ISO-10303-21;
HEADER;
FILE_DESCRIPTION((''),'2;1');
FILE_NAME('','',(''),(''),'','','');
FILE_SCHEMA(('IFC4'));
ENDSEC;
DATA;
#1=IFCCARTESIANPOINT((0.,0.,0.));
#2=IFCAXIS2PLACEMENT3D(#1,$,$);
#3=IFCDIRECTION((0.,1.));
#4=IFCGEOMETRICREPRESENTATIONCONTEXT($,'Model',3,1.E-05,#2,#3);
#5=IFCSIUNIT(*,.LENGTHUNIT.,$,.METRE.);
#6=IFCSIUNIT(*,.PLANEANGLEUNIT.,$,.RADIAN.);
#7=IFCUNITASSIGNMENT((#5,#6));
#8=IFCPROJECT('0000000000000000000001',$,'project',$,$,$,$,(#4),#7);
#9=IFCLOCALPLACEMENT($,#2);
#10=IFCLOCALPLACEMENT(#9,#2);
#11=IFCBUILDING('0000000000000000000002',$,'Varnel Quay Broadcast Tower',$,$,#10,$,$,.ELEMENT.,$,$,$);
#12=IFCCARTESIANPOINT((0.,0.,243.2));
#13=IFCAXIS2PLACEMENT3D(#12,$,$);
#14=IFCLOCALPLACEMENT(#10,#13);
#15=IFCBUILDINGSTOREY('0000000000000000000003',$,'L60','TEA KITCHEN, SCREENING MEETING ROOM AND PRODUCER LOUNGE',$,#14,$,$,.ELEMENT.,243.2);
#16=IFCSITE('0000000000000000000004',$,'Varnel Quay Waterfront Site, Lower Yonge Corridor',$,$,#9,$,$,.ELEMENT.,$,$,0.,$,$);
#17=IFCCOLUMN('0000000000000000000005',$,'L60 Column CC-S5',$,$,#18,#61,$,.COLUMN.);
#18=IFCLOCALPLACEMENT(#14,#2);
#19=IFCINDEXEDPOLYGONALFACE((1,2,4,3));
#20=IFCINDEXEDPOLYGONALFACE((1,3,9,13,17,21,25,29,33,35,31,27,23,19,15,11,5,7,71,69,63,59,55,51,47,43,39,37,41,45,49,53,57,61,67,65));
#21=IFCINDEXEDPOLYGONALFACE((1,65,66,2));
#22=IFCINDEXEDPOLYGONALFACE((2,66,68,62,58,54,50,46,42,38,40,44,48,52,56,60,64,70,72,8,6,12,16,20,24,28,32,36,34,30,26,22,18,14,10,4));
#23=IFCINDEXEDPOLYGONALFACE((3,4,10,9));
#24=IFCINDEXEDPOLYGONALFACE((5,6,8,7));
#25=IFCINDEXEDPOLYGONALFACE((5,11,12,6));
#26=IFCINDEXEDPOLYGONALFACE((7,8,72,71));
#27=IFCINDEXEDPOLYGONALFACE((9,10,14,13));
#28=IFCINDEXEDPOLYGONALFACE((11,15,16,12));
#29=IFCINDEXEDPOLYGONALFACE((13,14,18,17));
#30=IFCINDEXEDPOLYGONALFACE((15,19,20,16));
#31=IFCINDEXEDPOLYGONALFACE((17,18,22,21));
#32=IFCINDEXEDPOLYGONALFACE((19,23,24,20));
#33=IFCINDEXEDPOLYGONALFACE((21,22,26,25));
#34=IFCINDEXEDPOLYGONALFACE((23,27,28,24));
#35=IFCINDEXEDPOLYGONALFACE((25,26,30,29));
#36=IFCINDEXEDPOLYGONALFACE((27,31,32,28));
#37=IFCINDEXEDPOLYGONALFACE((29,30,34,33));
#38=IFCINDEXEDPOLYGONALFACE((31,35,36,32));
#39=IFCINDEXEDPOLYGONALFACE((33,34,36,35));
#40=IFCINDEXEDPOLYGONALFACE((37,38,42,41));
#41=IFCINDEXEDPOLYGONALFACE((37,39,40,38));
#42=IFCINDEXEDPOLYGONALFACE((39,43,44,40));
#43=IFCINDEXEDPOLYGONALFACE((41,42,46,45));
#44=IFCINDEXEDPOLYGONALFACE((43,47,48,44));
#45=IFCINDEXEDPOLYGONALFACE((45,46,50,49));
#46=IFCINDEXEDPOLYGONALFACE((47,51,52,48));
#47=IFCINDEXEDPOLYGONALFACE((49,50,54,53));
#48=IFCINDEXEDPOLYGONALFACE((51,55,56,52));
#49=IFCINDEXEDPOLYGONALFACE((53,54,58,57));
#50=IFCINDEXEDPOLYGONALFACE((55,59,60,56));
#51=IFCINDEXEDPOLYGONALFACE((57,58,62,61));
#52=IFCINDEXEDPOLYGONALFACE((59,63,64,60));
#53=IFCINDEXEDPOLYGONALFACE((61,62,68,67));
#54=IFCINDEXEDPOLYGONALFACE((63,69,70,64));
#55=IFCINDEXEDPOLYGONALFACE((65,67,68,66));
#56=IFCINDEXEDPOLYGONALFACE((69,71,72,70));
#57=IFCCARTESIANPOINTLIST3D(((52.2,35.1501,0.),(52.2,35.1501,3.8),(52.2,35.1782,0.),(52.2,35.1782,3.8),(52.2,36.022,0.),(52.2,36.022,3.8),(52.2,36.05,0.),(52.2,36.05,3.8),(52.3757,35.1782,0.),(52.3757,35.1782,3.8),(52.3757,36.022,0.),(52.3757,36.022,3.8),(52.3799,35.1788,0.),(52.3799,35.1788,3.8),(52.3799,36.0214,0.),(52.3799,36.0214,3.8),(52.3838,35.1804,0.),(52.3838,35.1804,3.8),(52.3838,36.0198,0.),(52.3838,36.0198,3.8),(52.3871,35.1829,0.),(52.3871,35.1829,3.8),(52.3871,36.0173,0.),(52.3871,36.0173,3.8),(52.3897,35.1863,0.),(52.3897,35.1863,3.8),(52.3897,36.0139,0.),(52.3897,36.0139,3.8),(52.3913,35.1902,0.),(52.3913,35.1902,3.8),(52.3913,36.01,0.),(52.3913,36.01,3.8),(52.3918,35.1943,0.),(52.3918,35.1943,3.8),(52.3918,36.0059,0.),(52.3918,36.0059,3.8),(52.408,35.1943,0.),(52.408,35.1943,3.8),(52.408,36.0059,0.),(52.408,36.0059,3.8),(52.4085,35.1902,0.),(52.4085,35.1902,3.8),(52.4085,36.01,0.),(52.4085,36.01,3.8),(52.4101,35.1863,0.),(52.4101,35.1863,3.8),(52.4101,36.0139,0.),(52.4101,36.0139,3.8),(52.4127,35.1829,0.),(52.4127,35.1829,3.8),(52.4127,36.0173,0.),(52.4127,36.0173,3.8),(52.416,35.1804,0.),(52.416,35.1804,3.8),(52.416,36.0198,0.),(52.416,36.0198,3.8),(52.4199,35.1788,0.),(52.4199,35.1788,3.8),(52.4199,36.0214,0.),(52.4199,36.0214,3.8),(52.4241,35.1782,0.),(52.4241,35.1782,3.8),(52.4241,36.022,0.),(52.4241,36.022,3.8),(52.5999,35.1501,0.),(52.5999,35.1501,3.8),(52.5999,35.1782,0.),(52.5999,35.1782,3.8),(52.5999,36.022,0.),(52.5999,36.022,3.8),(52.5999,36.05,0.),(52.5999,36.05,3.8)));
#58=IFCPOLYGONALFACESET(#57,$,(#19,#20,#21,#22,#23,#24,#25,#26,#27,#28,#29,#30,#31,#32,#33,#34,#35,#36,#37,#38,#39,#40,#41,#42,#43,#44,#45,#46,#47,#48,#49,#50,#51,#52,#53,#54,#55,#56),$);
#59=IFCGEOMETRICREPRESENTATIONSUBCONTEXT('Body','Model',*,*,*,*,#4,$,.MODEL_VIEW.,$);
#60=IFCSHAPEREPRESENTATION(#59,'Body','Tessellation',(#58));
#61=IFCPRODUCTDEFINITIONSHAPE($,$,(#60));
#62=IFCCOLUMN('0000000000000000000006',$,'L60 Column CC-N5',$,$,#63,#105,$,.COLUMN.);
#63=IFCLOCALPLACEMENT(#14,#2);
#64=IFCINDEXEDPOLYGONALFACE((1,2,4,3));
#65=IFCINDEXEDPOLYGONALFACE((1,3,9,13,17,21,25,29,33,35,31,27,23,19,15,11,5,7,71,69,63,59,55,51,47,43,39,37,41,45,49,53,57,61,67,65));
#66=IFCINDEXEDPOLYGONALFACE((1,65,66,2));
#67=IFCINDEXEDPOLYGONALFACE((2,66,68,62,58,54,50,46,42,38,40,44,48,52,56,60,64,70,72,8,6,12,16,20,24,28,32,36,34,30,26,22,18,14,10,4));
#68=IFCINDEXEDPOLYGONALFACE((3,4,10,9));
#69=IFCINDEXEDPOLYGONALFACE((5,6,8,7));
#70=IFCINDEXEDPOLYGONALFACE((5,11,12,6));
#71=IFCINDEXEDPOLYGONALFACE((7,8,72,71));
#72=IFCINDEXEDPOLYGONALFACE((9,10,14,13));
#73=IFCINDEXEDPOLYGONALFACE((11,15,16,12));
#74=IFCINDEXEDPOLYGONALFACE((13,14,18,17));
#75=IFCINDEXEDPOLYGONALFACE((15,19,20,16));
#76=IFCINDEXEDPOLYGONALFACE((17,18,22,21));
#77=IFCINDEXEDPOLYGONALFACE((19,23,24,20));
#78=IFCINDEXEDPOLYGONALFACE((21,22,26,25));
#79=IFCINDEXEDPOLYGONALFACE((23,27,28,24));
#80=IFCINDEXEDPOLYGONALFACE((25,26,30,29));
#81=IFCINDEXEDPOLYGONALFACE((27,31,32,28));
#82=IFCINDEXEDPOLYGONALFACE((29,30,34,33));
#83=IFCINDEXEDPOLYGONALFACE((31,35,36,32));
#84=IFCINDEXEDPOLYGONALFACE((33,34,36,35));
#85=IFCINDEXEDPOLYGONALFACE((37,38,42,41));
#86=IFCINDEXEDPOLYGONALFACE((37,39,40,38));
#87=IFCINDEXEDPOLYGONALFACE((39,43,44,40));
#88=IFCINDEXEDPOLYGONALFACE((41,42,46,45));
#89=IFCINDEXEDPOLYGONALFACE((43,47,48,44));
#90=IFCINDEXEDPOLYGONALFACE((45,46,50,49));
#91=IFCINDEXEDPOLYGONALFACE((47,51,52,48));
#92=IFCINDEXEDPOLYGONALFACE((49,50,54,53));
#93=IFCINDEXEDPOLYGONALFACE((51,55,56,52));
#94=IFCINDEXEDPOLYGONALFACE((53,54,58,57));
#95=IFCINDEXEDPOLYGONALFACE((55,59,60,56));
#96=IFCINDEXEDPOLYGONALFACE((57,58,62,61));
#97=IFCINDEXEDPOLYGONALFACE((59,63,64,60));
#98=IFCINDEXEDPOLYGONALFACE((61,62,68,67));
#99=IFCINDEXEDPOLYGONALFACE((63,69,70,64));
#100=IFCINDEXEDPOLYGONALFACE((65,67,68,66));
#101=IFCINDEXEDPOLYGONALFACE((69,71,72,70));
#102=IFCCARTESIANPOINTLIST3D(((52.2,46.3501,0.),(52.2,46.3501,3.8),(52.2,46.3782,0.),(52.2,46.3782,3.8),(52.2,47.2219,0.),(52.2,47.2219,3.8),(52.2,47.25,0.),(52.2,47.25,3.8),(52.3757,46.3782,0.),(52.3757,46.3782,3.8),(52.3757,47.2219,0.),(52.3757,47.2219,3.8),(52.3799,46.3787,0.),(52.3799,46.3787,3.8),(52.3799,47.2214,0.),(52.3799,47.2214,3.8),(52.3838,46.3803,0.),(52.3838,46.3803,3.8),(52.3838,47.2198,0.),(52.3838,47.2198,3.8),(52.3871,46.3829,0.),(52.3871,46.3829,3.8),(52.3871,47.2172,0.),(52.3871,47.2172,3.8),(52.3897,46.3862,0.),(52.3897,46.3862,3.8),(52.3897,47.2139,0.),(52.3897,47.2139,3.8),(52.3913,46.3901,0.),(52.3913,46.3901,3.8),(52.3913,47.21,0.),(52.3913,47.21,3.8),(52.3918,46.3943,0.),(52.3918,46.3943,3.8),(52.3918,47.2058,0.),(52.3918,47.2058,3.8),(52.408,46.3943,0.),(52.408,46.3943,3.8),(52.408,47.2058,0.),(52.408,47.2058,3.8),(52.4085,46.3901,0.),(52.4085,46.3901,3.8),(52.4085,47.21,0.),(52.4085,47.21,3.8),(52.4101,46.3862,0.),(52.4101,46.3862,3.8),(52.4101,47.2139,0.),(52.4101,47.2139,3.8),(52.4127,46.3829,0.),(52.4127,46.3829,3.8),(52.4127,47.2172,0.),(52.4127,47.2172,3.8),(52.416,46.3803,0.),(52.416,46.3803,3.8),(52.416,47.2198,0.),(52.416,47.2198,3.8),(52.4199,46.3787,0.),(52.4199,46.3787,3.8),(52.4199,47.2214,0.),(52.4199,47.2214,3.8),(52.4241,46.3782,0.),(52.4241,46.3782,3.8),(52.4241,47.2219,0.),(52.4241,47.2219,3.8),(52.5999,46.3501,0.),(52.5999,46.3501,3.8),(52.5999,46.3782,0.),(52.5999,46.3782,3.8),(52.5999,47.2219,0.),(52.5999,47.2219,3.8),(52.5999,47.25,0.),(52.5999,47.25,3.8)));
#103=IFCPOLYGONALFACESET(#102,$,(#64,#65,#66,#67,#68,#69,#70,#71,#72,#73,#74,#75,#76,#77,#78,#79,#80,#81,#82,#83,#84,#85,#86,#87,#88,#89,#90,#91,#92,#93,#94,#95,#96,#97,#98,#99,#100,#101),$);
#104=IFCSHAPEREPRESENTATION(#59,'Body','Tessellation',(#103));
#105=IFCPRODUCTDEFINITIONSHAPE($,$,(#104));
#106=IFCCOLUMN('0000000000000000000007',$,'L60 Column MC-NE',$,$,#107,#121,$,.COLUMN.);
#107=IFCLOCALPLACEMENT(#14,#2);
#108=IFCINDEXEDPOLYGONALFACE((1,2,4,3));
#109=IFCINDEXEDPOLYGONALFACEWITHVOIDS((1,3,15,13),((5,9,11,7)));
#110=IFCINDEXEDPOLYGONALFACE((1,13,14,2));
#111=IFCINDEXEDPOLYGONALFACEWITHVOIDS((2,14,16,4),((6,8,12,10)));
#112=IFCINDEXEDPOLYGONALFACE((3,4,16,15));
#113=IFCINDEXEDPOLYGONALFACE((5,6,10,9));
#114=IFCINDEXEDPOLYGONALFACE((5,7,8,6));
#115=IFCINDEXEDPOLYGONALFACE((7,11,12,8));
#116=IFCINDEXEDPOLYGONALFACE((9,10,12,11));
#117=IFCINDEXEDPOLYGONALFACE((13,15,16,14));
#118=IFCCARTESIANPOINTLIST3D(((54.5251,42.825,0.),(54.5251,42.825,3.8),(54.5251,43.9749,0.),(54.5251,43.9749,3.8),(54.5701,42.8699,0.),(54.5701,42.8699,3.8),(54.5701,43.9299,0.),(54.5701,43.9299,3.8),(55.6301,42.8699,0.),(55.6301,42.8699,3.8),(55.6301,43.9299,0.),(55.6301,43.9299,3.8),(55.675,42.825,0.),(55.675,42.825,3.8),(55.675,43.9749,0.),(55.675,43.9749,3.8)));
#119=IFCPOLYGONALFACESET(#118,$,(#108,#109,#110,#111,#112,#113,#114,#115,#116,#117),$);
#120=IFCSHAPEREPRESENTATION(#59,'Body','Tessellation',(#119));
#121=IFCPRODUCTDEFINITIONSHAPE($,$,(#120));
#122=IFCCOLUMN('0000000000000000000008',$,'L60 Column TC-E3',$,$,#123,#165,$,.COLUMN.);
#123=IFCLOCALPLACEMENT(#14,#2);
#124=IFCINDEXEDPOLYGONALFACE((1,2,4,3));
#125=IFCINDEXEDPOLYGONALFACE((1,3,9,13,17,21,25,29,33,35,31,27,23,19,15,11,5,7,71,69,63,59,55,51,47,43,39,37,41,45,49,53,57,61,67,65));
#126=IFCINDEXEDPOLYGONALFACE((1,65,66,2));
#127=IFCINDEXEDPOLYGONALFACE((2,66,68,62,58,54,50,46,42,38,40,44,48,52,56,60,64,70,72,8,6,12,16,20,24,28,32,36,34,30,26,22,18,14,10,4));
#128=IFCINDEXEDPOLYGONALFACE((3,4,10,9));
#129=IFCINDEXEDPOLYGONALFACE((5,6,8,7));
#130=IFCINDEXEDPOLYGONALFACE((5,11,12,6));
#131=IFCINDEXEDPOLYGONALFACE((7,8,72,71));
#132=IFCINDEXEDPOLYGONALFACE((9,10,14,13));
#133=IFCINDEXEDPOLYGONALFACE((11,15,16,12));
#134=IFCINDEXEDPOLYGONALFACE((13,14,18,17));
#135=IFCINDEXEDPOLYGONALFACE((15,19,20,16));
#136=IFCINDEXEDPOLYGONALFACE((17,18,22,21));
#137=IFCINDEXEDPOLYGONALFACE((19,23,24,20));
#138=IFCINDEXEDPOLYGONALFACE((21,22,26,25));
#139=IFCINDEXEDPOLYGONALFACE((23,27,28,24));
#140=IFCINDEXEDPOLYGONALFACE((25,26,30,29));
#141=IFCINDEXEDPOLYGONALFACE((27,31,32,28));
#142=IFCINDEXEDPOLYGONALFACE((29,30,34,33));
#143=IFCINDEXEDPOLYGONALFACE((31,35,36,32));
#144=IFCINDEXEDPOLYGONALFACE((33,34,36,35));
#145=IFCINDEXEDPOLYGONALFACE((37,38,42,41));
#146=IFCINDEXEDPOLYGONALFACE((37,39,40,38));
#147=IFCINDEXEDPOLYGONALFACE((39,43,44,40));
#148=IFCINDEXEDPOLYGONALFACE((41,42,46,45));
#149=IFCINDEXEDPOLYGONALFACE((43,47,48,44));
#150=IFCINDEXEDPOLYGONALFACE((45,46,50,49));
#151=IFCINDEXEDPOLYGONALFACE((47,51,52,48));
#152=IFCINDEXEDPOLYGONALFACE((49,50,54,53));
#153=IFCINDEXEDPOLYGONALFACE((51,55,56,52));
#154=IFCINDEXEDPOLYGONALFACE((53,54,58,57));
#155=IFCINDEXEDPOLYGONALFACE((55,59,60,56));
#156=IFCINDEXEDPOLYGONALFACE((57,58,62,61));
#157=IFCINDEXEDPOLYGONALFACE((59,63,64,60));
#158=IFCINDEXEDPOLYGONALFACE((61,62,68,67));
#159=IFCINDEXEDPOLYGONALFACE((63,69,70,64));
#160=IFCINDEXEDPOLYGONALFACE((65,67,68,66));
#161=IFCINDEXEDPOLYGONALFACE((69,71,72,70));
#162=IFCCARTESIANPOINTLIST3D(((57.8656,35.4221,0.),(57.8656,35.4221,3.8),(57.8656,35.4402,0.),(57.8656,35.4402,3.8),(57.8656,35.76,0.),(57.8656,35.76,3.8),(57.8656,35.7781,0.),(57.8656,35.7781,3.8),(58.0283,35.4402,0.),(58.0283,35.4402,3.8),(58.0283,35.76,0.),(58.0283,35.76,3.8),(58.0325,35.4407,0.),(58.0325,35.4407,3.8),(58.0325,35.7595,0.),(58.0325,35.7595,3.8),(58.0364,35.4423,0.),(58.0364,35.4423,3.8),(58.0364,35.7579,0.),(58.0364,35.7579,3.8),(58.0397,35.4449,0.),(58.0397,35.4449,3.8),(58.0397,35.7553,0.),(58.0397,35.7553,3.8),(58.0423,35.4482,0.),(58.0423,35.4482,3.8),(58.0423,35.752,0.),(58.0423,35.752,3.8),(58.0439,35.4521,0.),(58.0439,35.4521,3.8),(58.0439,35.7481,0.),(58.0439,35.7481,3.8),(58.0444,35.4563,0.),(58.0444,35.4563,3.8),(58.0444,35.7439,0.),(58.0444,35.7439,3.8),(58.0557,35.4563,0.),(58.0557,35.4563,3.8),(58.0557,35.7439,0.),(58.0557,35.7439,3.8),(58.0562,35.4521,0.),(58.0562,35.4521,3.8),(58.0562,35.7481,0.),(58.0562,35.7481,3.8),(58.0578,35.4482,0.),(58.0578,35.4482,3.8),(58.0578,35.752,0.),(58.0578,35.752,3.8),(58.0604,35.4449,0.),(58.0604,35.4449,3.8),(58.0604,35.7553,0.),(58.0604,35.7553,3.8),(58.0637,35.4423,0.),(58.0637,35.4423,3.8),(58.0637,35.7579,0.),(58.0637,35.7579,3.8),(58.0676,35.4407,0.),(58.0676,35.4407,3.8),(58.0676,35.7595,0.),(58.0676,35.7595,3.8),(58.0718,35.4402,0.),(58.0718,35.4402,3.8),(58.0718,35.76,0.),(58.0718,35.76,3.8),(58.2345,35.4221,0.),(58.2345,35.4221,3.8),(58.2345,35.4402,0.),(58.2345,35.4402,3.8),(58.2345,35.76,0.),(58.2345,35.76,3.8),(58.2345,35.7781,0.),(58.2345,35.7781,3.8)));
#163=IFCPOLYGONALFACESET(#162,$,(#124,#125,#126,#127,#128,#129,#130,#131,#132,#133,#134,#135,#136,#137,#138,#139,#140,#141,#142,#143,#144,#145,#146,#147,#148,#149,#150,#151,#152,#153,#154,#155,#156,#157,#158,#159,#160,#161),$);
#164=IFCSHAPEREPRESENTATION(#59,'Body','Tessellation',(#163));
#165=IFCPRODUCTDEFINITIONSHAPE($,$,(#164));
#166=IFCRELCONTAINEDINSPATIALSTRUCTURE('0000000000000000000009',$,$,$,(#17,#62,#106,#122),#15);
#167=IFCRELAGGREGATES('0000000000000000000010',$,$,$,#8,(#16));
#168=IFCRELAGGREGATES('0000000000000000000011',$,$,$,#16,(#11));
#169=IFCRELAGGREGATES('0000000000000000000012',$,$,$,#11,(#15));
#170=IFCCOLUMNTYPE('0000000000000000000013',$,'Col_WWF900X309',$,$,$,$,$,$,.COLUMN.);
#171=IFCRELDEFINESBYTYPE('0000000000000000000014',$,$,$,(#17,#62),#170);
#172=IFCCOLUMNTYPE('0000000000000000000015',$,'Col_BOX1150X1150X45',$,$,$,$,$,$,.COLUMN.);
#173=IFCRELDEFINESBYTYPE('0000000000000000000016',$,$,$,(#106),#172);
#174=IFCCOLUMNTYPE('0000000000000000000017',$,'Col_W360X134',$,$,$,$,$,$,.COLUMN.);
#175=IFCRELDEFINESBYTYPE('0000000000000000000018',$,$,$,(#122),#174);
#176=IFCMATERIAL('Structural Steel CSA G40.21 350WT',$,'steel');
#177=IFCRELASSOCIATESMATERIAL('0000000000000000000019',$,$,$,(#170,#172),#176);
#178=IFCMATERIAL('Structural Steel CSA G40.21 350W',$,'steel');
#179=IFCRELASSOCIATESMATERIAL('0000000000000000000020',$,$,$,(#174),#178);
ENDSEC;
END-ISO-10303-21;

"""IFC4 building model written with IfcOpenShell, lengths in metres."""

from ifc_helpers import new_model, si_unit, direction, frame, origin, origin_2d, place, context, subcontext, project, spatial, hollow_rectangle, i_section, extrude, source, transform, mapped, material, material_profile, profile_set, type_object, type_shapes, element, save


model = new_model("IFC4")

# Units and contexts
model_context = context("Model", 3, precision=1e-05, world=origin(), true_north=direction((0.0, 1.0)))
body_context = subcontext(model_context, "Body", "Model", "MODEL_VIEW")
ifc_project = project(units=[si_unit("LENGTHUNIT", "METRE"), si_unit("PLANEANGLEUNIT", "RADIAN")], contexts=[model_context])

# Site, building, storey
site_placement = place(None, origin())
site = spatial("IfcSite", under=ifc_project, at=site_placement, Name="Varnel Quay Waterfront Site, Lower Yonge Corridor", CompositionType="ELEMENT", RefElevation=0.0)
building_placement = place(site_placement, origin())
building = spatial("IfcBuilding", under=site, at=building_placement, Name="Varnel Quay Broadcast Tower", CompositionType="ELEMENT")
storey_placement = place(building_placement, frame((0.0, 0.0, 243.2)))
storey = spatial("IfcBuildingStorey", under=building, at=storey_placement, Name="L60", Description="TEA KITCHEN, SCREENING MEETING ROOM AND PRODUCER LOUNGE", CompositionType="ELEMENT", Elevation=243.2)

# Columns
ifc_material_1 = material(Name="Structural Steel CSA G40.21 350WT", Category="steel")
ifc_material_profile_1 = material_profile(ifc_material_1, i_section(OverallWidth=0.3999, OverallDepth=0.8999, WebThickness=0.0161, FlangeThickness=0.0281, FilletRadius=0.0161, at=origin_2d()), Name="WWF900X309")
ifc_profile_set_1 = profile_set([ifc_material_profile_1], Name="Structural Steel CSA G40.21 350WT")
column_type_1 = type_object("IfcColumnType", Name="Col_WWF900X309", PredefinedType="COLUMN", material=ifc_profile_set_1)
shared_shape_1 = source(origin(), body_context, "Body", "SweptSolid", [
    extrude(i_section(OverallWidth=0.3999, OverallDepth=0.8999, WebThickness=0.0161, FlangeThickness=0.0281, FilletRadius=0.0161, at=origin_2d()), origin(), (0.0, 0.0, 1.0), 3.8),
])
type_shapes(column_type_1, [shared_shape_1])
for number, where, z_axis, x_axis, name in (
    (1, (52.3999, 35.6001, 0.0), (0.0, 0.0, 1.0), (1.0, 0.0, 0.0), "L60 Column CC-S5"),
    (2, (52.3999, 46.8, 0.0), (0.0, 0.0, 1.0), (1.0, 0.0, 0.0), "L60 Column CC-N5"),
):
    element("IfcColumn", number, at=place(storey_placement, frame(where, z_axis=z_axis, x_axis=x_axis)), inside=storey, type_object=column_type_1, Name=name, PredefinedType="COLUMN", context=body_context, shape_type="MappedRepresentation", body=[
        mapped(shared_shape_1, transform((0.0, 0.0, 0.0), x_axis=(1.0, 0.0, 0.0), y_axis=(0.0, 1.0, 0.0), z_axis=(0.0, 0.0, 1.0), scale=1.0)),
    ])
ifc_material_profile_2 = material_profile(ifc_material_1, hollow_rectangle(XDim=1.1499, YDim=1.1499, WallThickness=0.0449, at=origin_2d()), Name="BOX1150X1150X45")
ifc_profile_set_2 = profile_set([ifc_material_profile_2], Name="Structural Steel CSA G40.21 350WT")
column_type_2 = type_object("IfcColumnType", Name="Col_BOX1150X1150X45", PredefinedType="COLUMN", material=ifc_profile_set_2)
shared_shape_2 = source(origin(), body_context, "Body", "SweptSolid", [
    extrude(hollow_rectangle(XDim=1.1499, YDim=1.1499, WallThickness=0.0449, at=origin_2d()), origin(), (0.0, 0.0, 1.0), 3.8),
])
type_shapes(column_type_2, [shared_shape_2])
column_1_placement = place(storey_placement, frame((55.1001, 43.3999, 0.0), z_axis=(0.0, 0.0, 1.0), x_axis=(1.0, 0.0, 0.0)))
element("IfcColumn", 3, at=column_1_placement, inside=storey, type_object=column_type_2, Name="L60 Column MC-NE", PredefinedType="COLUMN", context=body_context, shape_type="MappedRepresentation", body=[
    mapped(shared_shape_2, transform((0.0, 0.0, 0.0), x_axis=(1.0, 0.0, 0.0), y_axis=(0.0, 1.0, 0.0), z_axis=(0.0, 0.0, 1.0), scale=1.0)),
])
ifc_material_2 = material(Name="Structural Steel CSA G40.21 350W", Category="steel")
ifc_material_profile_3 = material_profile(ifc_material_2, i_section(OverallWidth=0.3689, OverallDepth=0.356, WebThickness=0.0112, FlangeThickness=0.0181, FilletRadius=0.0161, at=origin_2d()), Name="W360X134")
ifc_profile_set_3 = profile_set([ifc_material_profile_3], Name="Structural Steel CSA G40.21 350W")
column_type_3 = type_object("IfcColumnType", Name="Col_W360X134", PredefinedType="COLUMN", material=ifc_profile_set_3)
shared_shape_3 = source(origin(), body_context, "Body", "SweptSolid", [
    extrude(i_section(OverallWidth=0.3689, OverallDepth=0.356, WebThickness=0.0112, FlangeThickness=0.0181, FilletRadius=0.0161, at=origin_2d()), origin(), (0.0, 0.0, 1.0), 3.8),
])
type_shapes(column_type_3, [shared_shape_3])
column_2_placement = place(storey_placement, frame((58.05, 35.6001, 0.0), z_axis=(0.0, 0.0, 1.0), x_axis=(1.0, 0.0, 0.0)))
element("IfcColumn", 4, at=column_2_placement, inside=storey, type_object=column_type_3, Name="L60 Column TC-E3", PredefinedType="COLUMN", context=body_context, shape_type="MappedRepresentation", body=[
    mapped(shared_shape_3, transform((0.0, 0.0, 0.0), x_axis=(1.0, 0.0, 0.0), y_axis=(0.0, 1.0, 0.0), z_axis=(0.0, 0.0, 1.0), scale=1.0)),
])

save(model, "model.ifc")
